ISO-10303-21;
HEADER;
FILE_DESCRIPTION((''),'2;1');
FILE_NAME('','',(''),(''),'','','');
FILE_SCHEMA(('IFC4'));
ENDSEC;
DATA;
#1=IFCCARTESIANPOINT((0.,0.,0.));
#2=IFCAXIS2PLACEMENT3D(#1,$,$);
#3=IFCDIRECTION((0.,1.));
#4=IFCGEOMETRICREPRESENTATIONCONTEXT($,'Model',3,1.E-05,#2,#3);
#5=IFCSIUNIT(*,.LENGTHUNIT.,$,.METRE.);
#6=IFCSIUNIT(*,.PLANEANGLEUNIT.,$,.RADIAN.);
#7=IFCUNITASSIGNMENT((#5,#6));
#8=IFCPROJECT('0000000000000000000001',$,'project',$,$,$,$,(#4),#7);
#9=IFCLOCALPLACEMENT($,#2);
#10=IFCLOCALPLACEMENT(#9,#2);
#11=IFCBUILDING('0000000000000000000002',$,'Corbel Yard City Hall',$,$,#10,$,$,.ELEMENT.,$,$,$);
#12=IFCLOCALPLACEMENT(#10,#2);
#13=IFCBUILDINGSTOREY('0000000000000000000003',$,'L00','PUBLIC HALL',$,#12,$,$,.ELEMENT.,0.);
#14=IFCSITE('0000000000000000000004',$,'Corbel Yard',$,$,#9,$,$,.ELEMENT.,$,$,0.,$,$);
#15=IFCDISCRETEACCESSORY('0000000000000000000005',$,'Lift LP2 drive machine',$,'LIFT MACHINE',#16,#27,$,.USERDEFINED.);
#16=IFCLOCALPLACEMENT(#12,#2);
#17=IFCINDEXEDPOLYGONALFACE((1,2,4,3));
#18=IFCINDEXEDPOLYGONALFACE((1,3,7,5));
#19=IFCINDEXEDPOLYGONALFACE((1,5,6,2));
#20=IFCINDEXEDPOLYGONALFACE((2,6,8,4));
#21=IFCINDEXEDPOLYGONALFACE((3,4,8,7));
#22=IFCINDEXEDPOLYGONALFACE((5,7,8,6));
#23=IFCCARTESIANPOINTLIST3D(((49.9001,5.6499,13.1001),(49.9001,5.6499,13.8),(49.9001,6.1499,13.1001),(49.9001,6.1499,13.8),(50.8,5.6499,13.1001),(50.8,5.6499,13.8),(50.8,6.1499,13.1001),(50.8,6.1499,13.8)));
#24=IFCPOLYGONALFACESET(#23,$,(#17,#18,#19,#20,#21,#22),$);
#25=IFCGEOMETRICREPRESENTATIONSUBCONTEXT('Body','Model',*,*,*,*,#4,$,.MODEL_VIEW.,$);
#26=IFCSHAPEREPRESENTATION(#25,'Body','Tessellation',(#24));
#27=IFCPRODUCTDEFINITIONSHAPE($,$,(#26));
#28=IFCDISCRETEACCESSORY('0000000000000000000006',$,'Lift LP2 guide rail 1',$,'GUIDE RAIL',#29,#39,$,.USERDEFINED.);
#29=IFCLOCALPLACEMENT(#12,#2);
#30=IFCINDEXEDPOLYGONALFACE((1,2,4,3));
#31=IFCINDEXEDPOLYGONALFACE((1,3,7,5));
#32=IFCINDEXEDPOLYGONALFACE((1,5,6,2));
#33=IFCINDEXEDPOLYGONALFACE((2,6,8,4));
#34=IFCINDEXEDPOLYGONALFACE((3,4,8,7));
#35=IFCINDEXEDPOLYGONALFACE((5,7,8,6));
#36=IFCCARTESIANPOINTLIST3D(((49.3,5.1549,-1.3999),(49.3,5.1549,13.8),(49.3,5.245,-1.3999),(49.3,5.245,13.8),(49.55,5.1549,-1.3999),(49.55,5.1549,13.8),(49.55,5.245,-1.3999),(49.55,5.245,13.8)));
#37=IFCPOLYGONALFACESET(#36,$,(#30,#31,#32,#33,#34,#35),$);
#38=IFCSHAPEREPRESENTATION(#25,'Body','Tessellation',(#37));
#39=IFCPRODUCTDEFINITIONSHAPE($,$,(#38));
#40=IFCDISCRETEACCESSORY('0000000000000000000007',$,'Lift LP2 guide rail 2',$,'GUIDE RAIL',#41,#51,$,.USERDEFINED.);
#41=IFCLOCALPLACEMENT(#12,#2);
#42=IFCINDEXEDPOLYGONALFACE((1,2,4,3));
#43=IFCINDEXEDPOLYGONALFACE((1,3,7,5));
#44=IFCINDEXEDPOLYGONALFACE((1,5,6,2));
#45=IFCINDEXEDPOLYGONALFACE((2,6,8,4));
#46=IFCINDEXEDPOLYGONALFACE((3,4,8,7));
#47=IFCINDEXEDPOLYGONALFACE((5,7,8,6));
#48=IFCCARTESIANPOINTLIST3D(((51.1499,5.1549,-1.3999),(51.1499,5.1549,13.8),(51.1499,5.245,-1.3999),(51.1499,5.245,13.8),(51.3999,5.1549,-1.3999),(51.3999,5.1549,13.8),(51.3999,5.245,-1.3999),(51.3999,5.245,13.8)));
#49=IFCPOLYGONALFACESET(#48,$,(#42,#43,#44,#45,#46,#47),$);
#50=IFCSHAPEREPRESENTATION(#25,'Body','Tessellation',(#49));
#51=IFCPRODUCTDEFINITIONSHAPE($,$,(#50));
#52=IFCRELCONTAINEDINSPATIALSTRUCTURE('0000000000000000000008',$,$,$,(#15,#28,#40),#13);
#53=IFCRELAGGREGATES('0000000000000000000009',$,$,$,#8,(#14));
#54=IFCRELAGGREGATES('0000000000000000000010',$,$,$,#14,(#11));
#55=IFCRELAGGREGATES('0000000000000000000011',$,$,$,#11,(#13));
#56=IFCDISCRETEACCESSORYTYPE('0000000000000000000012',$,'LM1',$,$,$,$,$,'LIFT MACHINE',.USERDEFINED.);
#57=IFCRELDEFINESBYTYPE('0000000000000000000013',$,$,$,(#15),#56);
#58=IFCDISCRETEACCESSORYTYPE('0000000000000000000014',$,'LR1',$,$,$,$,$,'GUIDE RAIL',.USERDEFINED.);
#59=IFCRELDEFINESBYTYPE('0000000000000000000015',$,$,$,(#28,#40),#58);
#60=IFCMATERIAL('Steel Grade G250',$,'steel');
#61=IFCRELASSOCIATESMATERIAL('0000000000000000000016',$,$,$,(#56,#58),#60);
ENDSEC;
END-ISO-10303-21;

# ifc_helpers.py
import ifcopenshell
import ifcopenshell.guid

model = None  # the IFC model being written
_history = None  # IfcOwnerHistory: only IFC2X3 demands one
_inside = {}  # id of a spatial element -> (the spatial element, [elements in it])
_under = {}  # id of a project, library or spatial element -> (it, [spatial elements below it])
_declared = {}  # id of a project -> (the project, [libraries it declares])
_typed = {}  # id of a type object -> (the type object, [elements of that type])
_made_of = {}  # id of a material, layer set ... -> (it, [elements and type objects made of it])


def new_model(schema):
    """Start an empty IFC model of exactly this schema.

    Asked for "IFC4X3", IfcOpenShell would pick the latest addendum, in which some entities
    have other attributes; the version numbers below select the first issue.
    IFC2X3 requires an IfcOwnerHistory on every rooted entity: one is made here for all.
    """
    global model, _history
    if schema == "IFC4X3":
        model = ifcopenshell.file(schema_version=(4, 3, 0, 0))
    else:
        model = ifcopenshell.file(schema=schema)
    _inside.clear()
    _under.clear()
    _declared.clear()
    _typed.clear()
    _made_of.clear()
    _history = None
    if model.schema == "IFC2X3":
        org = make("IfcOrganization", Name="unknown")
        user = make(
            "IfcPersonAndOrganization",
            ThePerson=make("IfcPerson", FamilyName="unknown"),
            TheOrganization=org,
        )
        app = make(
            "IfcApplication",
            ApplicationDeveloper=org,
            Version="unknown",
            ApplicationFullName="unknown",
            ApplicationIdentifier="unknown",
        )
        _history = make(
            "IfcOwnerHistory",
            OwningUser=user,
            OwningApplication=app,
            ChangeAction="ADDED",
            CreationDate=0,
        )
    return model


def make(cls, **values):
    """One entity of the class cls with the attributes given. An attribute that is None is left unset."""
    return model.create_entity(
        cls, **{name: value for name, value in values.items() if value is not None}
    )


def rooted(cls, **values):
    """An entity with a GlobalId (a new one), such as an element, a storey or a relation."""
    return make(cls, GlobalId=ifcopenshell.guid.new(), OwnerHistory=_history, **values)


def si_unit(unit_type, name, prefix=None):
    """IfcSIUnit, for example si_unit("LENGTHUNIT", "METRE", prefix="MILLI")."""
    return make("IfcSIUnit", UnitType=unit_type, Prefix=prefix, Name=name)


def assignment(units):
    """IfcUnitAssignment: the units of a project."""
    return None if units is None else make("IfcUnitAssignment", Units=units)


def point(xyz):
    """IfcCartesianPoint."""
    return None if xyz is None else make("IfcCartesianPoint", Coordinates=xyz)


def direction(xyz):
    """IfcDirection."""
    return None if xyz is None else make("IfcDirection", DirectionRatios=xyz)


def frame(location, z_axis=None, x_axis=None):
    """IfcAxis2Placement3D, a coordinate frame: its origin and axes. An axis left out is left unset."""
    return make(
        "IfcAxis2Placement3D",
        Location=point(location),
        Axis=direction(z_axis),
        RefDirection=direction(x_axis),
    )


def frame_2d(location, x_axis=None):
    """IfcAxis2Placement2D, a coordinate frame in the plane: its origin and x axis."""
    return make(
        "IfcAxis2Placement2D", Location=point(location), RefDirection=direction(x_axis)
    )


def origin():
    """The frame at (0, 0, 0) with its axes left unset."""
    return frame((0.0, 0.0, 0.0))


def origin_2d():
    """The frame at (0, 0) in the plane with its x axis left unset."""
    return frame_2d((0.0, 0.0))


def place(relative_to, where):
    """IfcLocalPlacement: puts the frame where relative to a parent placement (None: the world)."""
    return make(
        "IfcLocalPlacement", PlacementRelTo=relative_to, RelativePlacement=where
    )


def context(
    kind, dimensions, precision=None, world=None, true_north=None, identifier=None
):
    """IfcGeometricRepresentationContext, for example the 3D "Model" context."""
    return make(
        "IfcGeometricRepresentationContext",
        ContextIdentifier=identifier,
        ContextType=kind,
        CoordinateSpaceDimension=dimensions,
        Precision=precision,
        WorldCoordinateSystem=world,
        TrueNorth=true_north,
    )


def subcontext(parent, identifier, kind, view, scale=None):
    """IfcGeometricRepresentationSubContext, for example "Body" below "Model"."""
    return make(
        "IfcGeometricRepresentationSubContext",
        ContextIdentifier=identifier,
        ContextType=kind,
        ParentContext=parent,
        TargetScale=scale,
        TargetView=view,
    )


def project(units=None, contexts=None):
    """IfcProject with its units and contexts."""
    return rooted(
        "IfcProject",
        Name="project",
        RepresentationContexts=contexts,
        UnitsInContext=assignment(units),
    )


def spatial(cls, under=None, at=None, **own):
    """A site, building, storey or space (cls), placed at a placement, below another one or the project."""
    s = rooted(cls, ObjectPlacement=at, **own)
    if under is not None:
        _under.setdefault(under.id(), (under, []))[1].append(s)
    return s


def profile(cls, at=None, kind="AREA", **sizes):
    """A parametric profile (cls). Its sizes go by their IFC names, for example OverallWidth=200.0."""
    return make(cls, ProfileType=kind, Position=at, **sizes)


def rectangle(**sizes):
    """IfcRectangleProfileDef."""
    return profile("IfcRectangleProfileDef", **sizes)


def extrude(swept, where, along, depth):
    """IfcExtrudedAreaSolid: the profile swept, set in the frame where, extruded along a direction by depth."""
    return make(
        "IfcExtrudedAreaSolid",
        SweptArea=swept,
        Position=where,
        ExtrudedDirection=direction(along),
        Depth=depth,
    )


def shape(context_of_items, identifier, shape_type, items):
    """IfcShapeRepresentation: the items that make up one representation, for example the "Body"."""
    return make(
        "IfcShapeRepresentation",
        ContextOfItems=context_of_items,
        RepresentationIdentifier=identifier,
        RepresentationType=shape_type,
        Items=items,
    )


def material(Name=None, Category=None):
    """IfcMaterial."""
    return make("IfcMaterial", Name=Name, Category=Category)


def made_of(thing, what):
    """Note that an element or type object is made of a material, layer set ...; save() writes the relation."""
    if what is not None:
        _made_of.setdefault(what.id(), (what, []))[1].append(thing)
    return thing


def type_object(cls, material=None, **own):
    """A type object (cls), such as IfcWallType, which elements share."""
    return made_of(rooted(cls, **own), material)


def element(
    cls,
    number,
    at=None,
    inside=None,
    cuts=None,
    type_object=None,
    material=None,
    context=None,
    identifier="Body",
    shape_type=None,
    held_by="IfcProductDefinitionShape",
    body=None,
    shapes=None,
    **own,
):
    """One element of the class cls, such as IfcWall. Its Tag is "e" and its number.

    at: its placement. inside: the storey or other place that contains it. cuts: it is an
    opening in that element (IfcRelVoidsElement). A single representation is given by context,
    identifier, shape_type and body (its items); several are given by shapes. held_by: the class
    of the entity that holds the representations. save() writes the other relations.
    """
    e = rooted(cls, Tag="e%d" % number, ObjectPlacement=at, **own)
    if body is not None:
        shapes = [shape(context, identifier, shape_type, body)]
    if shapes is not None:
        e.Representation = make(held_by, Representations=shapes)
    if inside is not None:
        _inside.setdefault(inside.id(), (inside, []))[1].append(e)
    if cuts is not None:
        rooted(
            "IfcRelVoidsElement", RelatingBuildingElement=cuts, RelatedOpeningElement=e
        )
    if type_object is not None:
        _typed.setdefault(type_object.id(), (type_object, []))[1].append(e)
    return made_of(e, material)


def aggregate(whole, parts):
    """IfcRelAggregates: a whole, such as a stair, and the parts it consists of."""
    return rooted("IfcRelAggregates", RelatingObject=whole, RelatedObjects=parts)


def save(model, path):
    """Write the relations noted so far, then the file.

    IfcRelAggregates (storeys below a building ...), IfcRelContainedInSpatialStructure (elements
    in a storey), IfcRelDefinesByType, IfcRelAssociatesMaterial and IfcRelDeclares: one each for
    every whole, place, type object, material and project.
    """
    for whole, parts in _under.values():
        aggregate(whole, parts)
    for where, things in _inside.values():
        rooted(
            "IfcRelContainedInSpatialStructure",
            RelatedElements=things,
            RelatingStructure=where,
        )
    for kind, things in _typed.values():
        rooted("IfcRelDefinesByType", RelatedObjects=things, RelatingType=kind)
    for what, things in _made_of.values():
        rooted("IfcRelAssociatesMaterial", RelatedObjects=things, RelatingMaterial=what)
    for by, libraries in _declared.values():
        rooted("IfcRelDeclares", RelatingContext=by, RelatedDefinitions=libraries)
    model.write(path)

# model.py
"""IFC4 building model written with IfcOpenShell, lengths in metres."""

from ifc_helpers import new_model, si_unit, direction, frame, origin, origin_2d, place, context, subcontext, project, spatial, rectangle, extrude, material, type_object, element, save


model = new_model("IFC4")

# Units and contexts
model_context = context("Model", 3, precision=1e-05, world=origin(), true_north=direction((0.0, 1.0)))
body_context = subcontext(model_context, "Body", "Model", "MODEL_VIEW")
ifc_project = project(units=[si_unit("LENGTHUNIT", "METRE"), si_unit("PLANEANGLEUNIT", "RADIAN")], contexts=[model_context])

# Site, building, storey
site_placement = place(None, origin())
site = spatial("IfcSite", under=ifc_project, at=site_placement, Name="Corbel Yard", CompositionType="ELEMENT", RefElevation=0.0)
building_placement = place(site_placement, origin())
building = spatial("IfcBuilding", under=site, at=building_placement, Name="Corbel Yard City Hall", CompositionType="ELEMENT")
storey_placement = place(building_placement, origin())
storey = spatial("IfcBuildingStorey", under=building, at=storey_placement, Name="L00", Description="PUBLIC HALL", CompositionType="ELEMENT", Elevation=0.0)

# Shared definitions
ifc_material_1 = material(Name="Steel Grade G250", Category="steel")

# Discrete accessories
discrete_accessory_type_1 = type_object("IfcDiscreteAccessoryType", Name="LM1", ElementType="LIFT MACHINE", PredefinedType="USERDEFINED", material=ifc_material_1)
discrete_accessory_placement = place(storey_placement, frame((50.3501, 5.8999, 13.1001), z_axis=(0.0, 0.0, 1.0), x_axis=(1.0, 0.0, 0.0)))
element("IfcDiscreteAccessory", 1, at=discrete_accessory_placement, inside=storey, type_object=discrete_accessory_type_1, Name="Lift LP2 drive machine", ObjectType="LIFT MACHINE", PredefinedType="USERDEFINED", context=body_context, shape_type="SweptSolid", body=[
    extrude(rectangle(XDim=0.8999, YDim=0.5, at=origin_2d()), origin(), (0.0, 0.0, 1.0), 0.7),
])
discrete_accessory_type_2 = type_object("IfcDiscreteAccessoryType", Name="LR1", ElementType="GUIDE RAIL", PredefinedType="USERDEFINED", material=ifc_material_1)
for number, where, z_axis, x_axis, name in (
    (2, (49.425, 5.2, -1.3999), (0.0, 0.0, 1.0), (1.0, 0.0, 0.0), "Lift LP2 guide rail 1"),
    (3, (51.2749, 5.2, -1.3999), (0.0, 0.0, 1.0), (1.0, 0.0, 0.0), "Lift LP2 guide rail 2"),
):
    element("IfcDiscreteAccessory", number, at=place(storey_placement, frame(where, z_axis=z_axis, x_axis=x_axis)), inside=storey, type_object=discrete_accessory_type_2, Name=name, ObjectType="GUIDE RAIL", PredefinedType="USERDEFINED", context=body_context, shape_type="SweptSolid", body=[
        extrude(rectangle(XDim=0.25, YDim=0.0901, at=origin_2d()), origin(), (0.0, 0.0, 1.0), 15.2),
    ])

save(model, "model.ifc")
